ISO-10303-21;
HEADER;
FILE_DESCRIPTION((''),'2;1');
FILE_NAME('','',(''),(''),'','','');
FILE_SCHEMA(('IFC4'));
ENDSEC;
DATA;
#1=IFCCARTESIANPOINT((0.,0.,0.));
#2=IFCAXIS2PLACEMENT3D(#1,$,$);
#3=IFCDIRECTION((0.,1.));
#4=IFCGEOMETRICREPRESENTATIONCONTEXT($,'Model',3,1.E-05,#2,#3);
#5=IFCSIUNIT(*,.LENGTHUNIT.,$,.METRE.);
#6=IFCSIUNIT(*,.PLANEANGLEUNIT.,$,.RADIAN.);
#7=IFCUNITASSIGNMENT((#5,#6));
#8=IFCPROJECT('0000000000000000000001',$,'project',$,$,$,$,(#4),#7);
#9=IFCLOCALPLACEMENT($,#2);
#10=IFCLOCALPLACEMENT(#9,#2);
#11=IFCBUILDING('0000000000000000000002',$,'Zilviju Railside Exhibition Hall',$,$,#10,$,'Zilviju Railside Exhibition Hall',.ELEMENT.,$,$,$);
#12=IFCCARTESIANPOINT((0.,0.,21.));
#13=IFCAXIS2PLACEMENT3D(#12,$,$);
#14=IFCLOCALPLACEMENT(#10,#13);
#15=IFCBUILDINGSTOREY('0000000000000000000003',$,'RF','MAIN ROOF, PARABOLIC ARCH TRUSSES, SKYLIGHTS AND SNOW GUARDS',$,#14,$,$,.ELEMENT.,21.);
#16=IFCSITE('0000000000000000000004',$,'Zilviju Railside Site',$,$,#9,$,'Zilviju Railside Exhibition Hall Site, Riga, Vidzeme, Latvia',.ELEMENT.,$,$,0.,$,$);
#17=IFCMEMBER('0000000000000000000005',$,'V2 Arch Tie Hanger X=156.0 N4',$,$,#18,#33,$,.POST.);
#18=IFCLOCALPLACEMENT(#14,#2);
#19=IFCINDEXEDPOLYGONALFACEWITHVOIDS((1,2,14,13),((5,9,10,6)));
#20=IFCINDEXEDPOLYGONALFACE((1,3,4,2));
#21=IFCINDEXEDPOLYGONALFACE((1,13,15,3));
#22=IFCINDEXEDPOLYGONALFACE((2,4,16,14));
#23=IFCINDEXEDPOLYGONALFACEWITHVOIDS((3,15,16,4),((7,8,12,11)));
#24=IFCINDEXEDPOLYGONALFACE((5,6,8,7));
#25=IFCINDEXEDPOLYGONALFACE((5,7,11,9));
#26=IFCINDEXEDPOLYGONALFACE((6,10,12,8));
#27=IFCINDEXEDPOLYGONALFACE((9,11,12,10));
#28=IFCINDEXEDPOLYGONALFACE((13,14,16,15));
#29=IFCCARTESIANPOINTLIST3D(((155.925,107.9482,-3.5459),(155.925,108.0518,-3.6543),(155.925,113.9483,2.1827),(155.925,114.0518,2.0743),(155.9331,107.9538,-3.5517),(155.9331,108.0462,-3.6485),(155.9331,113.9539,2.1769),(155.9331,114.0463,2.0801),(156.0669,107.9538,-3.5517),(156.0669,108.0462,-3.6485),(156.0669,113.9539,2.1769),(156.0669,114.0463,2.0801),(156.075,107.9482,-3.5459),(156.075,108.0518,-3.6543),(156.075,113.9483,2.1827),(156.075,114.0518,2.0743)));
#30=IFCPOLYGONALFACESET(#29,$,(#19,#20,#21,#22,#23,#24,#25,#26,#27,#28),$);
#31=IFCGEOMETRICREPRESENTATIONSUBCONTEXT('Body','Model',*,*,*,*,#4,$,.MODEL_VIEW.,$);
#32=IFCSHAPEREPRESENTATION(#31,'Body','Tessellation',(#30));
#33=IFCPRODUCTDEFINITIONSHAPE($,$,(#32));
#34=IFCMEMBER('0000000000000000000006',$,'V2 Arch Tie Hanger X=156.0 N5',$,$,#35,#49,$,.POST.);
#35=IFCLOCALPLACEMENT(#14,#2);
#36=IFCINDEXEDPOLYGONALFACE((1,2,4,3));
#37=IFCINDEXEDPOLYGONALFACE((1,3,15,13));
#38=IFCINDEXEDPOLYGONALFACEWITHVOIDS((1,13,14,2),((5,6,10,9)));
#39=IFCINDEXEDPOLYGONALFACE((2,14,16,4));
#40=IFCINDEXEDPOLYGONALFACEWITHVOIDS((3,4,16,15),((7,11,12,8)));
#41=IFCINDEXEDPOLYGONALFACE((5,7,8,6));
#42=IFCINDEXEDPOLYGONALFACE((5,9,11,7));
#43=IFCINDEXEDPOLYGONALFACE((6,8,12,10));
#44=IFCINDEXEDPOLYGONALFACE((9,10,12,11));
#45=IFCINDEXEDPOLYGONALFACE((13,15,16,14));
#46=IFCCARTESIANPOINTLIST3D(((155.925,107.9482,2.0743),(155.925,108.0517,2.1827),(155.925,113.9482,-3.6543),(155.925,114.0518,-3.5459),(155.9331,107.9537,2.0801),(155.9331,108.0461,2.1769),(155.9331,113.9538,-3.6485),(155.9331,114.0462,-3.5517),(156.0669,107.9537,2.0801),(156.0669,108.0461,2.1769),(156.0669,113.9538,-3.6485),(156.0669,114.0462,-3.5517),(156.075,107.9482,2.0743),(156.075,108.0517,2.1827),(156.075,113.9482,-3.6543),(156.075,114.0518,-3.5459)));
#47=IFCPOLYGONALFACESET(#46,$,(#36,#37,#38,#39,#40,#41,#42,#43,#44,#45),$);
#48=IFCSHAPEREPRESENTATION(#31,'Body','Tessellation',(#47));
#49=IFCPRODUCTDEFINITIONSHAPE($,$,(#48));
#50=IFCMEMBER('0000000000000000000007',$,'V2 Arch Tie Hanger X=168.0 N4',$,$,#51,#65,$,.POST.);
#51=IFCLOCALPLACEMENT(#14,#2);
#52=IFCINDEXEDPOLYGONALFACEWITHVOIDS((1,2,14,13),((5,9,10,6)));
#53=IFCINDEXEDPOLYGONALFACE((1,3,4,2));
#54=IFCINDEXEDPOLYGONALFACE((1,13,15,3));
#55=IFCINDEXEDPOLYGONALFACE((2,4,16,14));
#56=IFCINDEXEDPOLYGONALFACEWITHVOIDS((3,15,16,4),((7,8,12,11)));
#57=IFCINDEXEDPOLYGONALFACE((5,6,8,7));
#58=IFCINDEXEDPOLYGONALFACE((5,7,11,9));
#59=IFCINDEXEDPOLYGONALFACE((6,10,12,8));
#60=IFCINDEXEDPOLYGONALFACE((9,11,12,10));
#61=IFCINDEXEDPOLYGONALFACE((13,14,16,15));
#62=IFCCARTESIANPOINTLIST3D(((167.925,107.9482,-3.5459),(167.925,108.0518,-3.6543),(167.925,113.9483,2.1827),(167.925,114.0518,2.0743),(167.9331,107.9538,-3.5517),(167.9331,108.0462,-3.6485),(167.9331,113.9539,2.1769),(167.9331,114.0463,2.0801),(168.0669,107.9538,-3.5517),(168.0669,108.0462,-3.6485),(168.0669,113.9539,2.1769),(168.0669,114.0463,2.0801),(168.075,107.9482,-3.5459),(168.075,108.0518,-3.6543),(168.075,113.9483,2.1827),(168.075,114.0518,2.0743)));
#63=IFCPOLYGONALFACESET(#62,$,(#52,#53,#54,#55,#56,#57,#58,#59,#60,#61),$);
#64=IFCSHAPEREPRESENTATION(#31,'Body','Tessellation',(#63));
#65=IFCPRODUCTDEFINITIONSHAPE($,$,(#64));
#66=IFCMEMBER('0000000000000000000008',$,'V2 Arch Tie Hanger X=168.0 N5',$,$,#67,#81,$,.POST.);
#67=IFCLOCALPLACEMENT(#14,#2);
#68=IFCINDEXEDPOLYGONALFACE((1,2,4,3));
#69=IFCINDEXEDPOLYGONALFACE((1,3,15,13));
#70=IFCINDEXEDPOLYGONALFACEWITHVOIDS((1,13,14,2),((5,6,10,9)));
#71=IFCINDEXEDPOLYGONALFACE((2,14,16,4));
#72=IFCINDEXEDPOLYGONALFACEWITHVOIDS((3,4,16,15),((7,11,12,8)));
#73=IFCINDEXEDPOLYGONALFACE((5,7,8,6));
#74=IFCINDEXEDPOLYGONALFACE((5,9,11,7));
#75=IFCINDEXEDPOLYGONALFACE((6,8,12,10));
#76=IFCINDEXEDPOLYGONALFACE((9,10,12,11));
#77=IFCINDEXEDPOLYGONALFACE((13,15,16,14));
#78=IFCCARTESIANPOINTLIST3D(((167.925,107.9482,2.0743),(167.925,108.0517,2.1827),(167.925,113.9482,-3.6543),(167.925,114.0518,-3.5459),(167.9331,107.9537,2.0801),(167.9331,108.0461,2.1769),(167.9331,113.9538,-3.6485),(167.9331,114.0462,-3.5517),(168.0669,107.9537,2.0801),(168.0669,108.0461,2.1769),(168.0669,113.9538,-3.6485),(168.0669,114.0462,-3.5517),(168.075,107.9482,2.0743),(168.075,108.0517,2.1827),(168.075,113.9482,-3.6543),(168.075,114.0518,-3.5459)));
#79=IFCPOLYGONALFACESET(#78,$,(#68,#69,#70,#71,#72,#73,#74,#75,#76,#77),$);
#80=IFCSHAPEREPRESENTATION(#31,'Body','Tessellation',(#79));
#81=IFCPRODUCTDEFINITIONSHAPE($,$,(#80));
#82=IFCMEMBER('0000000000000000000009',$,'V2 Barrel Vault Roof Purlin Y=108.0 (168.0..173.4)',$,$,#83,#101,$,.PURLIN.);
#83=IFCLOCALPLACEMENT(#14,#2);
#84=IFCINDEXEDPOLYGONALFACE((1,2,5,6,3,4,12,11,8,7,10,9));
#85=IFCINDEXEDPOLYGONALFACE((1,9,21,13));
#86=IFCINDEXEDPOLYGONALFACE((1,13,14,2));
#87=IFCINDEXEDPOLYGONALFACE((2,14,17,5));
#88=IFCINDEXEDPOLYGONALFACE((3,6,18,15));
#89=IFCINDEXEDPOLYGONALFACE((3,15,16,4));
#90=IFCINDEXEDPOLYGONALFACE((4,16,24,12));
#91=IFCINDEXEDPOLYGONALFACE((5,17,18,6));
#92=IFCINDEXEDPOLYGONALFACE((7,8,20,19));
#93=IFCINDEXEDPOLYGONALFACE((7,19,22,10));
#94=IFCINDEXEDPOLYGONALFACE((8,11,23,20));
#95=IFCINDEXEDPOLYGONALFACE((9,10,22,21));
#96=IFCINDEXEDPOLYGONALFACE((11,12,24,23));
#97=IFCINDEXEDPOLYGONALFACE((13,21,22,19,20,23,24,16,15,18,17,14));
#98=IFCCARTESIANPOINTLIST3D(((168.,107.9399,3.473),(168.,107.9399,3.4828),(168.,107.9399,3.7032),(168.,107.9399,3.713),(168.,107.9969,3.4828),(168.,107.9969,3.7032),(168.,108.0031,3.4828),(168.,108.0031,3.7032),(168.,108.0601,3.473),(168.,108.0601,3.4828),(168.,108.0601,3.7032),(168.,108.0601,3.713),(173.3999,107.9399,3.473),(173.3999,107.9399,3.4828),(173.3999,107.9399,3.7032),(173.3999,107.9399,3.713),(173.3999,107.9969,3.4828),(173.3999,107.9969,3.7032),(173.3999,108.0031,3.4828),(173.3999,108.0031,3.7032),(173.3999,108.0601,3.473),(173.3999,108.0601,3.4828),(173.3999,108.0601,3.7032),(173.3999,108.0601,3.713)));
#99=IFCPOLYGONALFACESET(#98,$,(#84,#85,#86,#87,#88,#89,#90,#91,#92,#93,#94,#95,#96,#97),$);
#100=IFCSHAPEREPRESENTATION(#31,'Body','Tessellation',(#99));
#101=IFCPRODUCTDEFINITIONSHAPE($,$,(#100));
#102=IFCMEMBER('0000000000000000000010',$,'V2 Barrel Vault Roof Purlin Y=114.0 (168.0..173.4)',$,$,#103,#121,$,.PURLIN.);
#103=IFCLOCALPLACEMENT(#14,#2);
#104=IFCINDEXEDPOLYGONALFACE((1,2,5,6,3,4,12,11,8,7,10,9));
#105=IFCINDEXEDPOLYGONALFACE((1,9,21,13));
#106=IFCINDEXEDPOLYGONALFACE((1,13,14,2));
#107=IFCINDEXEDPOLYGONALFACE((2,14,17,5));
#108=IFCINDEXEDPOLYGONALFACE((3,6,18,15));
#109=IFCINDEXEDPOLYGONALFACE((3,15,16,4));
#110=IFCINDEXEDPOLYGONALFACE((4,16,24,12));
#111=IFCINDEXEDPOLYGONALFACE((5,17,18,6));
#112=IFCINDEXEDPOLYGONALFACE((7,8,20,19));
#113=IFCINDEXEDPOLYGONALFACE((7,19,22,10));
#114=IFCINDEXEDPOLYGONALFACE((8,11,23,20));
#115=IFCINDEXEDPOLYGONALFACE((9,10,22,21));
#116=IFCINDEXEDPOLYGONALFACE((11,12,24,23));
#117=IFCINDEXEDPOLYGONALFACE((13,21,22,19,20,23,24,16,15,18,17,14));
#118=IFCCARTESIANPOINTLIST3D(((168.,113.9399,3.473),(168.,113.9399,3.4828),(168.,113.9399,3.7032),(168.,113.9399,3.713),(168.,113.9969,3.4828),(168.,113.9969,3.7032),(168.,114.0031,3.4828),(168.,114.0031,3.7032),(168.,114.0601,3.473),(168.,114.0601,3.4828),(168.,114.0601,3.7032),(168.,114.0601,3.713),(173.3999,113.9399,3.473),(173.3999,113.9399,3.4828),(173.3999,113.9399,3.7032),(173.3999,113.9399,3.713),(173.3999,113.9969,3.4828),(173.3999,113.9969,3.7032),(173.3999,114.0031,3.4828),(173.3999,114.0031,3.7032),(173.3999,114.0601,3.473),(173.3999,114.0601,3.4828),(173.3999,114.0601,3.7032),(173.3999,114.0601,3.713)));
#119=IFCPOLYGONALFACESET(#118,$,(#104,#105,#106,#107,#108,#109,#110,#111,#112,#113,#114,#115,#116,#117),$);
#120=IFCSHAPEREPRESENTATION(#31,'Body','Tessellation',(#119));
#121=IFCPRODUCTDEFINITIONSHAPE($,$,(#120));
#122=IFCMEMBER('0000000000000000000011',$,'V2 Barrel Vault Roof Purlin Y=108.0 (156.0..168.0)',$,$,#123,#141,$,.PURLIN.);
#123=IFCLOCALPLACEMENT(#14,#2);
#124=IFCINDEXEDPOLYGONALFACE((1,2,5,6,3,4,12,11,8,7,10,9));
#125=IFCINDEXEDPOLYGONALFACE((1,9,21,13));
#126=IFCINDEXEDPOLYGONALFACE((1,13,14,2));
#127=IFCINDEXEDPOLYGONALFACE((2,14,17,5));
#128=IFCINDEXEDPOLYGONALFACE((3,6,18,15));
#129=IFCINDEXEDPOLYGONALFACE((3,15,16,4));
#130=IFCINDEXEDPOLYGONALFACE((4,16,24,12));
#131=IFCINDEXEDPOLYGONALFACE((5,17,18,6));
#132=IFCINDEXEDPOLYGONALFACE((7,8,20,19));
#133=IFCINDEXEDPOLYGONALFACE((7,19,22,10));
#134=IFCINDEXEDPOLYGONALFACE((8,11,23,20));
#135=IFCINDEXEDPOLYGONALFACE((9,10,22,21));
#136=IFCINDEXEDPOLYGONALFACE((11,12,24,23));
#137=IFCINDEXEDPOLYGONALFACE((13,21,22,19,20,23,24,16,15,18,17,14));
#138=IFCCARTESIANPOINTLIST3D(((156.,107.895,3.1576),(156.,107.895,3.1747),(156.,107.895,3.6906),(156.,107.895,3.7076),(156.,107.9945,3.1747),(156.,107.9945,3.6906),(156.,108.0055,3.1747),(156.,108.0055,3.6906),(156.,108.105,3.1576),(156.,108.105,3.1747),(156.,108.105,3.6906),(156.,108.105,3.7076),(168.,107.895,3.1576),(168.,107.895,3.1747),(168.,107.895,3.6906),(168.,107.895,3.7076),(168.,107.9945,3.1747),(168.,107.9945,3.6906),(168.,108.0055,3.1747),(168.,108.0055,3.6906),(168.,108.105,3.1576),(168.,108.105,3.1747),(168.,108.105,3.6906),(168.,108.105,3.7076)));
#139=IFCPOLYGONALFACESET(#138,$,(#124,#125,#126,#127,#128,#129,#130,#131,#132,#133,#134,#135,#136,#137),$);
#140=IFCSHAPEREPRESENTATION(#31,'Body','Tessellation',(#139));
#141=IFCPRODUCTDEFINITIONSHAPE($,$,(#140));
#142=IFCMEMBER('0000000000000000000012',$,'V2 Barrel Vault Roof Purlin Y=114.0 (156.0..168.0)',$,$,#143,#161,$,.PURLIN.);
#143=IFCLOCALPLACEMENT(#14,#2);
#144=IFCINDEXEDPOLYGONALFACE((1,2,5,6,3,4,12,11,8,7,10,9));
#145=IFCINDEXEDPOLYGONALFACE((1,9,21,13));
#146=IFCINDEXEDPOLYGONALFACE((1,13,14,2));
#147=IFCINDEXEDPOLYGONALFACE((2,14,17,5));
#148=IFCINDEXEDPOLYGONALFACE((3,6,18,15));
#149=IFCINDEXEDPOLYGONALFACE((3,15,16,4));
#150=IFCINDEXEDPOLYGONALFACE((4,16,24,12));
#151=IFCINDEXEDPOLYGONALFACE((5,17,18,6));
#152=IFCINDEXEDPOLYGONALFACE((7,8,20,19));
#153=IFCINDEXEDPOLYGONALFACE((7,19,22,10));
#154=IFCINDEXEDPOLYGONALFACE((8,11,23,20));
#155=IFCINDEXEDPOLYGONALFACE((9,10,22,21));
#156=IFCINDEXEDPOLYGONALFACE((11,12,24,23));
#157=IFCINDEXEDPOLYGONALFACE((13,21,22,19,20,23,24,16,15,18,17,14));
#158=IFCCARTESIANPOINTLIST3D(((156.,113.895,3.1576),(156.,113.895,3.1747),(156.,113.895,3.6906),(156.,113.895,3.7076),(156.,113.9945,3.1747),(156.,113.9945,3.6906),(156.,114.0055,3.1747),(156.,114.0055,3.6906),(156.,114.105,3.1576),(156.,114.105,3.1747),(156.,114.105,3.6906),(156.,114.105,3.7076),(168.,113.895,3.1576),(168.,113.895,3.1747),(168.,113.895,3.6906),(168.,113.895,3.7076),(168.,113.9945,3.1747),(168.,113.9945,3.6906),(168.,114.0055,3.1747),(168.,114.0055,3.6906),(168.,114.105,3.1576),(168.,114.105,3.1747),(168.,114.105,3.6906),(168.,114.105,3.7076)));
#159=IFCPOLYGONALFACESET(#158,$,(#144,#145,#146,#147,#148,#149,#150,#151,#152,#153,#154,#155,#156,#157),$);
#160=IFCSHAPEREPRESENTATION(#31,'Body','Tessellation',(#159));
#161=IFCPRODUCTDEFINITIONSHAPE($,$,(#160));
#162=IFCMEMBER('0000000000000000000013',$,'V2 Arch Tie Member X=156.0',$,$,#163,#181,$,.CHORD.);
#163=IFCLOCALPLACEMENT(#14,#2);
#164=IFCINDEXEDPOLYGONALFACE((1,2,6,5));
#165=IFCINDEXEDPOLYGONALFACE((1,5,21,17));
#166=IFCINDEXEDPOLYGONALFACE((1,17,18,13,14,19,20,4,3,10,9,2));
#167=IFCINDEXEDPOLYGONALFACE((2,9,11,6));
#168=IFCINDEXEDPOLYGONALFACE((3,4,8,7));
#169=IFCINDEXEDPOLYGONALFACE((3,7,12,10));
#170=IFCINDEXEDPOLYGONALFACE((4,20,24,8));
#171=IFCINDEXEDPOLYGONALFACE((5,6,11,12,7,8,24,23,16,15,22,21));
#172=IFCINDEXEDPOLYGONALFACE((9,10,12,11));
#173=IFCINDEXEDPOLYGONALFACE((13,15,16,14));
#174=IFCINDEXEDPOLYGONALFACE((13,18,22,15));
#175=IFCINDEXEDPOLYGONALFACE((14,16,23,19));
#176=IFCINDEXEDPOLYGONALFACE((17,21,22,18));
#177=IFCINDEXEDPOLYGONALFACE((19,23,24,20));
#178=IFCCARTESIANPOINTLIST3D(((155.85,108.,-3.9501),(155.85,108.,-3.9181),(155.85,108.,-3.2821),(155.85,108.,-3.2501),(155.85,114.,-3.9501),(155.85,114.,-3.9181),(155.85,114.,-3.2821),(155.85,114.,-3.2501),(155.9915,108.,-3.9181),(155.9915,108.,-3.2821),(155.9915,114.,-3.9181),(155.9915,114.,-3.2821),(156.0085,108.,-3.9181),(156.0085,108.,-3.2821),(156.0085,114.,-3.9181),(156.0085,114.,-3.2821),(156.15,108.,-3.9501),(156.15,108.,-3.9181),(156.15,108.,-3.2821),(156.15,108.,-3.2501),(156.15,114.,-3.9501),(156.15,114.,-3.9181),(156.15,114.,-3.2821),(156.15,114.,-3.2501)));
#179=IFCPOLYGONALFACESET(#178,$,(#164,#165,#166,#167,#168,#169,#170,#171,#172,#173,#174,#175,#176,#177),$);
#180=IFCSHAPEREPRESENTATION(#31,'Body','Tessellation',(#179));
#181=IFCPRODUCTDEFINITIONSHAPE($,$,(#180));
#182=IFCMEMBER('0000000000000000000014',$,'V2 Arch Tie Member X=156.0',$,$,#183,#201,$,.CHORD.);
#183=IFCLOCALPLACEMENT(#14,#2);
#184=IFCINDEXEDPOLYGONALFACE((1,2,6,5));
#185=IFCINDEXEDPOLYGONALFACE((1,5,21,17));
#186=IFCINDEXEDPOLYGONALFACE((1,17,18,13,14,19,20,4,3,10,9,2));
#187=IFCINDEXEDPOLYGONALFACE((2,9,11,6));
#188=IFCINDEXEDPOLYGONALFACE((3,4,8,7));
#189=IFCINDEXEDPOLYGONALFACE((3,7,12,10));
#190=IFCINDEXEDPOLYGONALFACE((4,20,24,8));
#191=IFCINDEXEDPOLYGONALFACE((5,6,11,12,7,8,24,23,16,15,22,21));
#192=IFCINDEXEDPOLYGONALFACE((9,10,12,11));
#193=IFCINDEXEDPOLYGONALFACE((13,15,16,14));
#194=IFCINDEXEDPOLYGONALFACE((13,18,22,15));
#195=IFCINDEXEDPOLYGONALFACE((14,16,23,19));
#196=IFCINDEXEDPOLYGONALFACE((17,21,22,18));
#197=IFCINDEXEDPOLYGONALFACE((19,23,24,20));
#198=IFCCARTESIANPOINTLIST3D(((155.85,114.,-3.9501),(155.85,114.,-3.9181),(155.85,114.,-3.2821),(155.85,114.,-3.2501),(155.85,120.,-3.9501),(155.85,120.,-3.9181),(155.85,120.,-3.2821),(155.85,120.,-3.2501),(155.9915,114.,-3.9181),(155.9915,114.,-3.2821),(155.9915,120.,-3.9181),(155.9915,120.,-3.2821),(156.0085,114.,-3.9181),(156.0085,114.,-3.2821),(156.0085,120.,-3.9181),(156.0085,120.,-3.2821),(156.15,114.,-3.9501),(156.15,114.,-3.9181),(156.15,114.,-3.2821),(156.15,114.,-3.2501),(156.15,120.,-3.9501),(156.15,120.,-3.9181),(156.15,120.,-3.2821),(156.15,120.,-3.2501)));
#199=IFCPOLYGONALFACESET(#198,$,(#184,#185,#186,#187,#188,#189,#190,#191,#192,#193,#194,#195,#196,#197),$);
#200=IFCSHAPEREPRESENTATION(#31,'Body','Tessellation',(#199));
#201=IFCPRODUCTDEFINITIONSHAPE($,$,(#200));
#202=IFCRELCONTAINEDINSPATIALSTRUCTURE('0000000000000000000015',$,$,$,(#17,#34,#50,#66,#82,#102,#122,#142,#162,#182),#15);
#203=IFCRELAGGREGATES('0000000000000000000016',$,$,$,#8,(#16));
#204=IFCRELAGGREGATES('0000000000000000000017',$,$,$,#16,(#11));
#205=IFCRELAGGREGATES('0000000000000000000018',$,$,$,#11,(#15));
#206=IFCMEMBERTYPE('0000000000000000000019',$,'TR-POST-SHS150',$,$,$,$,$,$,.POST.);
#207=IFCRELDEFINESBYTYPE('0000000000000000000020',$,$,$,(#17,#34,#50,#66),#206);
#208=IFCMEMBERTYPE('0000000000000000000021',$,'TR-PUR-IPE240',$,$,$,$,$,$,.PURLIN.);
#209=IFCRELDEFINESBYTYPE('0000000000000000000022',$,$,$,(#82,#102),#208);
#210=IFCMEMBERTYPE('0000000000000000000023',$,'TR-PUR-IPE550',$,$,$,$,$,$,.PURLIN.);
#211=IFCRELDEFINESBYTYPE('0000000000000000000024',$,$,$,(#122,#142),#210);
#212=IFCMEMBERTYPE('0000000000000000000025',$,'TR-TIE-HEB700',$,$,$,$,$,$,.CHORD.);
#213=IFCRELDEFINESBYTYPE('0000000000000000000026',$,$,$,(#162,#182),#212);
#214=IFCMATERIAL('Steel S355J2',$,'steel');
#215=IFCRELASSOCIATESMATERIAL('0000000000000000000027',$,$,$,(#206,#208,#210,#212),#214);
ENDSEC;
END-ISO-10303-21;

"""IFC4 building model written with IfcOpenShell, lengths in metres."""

from ifc_helpers import new_model, si_unit, direction, frame, origin, origin_2d, place, context, subcontext, project, spatial, hollow_rectangle, i_section, extrude, material, material_profile, profile_set, type_object, element, save


model = new_model("IFC4")

# Units and contexts
model_context = context("Model", 3, precision=1e-05, world=origin(), true_north=direction((0.0, 1.0)))
body_context = subcontext(model_context, "Body", "Model", "MODEL_VIEW")
ifc_project = project(units=[si_unit("LENGTHUNIT", "METRE"), si_unit("PLANEANGLEUNIT", "RADIAN")], contexts=[model_context])

# Site, building, storey
site_placement = place(None, origin())
site = spatial("IfcSite", under=ifc_project, at=site_placement, Name="Zilviju Railside Site", LongName="Zilviju Railside Exhibition Hall Site, Riga, Vidzeme, Latvia", CompositionType="ELEMENT", RefElevation=0.0)
building_placement = place(site_placement, origin())
building = spatial("IfcBuilding", under=site, at=building_placement, Name="Zilviju Railside Exhibition Hall", LongName="Zilviju Railside Exhibition Hall", CompositionType="ELEMENT")
storey_placement = place(building_placement, frame((0.0, 0.0, 21.0)))
storey = spatial("IfcBuildingStorey", under=building, at=storey_placement, Name="RF", Description="MAIN ROOF, PARABOLIC ARCH TRUSSES, SKYLIGHTS AND SNOW GUARDS", CompositionType="ELEMENT", Elevation=21.0)

# Members
ifc_material_1 = material(Name="Steel S355J2", Category="steel")
ifc_material_profile_1 = material_profile(ifc_material_1, hollow_rectangle(XDim=0.1499, YDim=0.1499, WallThickness=0.0081, at=origin_2d()), Name="SHS 150x150x8.0")
ifc_profile_set_1 = profile_set([ifc_material_profile_1], Name="Steel S355J2")
member_type_1 = type_object("IfcMemberType", Name="TR-POST-SHS150", PredefinedType="POST", material=ifc_profile_set_1)
for number, where, z_axis, x_axis, name in (
    (1, (156.0, 108.0, -3.6001), (0.0, 0.723281, 0.690554), (-1.0, 0.0, 0.0), "V2 Arch Tie Hanger X=156.0 N4"),
    (2, (156.0, 114.0, -3.6001), (0.0, -0.723281, 0.690554), (1.0, 0.0, 0.0), "V2 Arch Tie Hanger X=156.0 N5"),
    (3, (168.0, 108.0, -3.6001), (0.0, 0.723281, 0.690554), (-1.0, 0.0, 0.0), "V2 Arch Tie Hanger X=168.0 N4"),
    (4, (168.0, 114.0, -3.6001), (0.0, -0.723281, 0.690554), (1.0, 0.0, 0.0), "V2 Arch Tie Hanger X=168.0 N5"),
):
    element("IfcMember", number, at=place(storey_placement, frame(where, z_axis=z_axis, x_axis=x_axis)), inside=storey, type_object=member_type_1, Name=name, PredefinedType="POST", context=body_context, shape_type="SweptSolid", body=[
        extrude(hollow_rectangle(XDim=0.1499, YDim=0.1499, WallThickness=0.0081, at=origin_2d()), origin(), (0.0, 0.0, 1.0), 8.2957),
    ])
ifc_material_profile_2 = material_profile(ifc_material_1, i_section(OverallWidth=0.1201, OverallDepth=0.24, WebThickness=0.0061, FlangeThickness=0.0098, at=origin_2d()), Name="IPE 240")
ifc_profile_set_2 = profile_set([ifc_material_profile_2], Name="Steel S355J2")
member_type_2 = type_object("IfcMemberType", Name="TR-PUR-IPE240", PredefinedType="PURLIN", material=ifc_profile_set_2)
for number, where, z_axis, x_axis, name in (
    (5, (168.0, 108.0, 3.593), (1.0, 0.0, 0.0), (0.0, 1.0, 0.0), "V2 Barrel Vault Roof Purlin Y=108.0 (168.0..173.4)"),
    (6, (168.0, 114.0, 3.593), (1.0, 0.0, 0.0), (0.0, 1.0, 0.0), "V2 Barrel Vault Roof Purlin Y=114.0 (168.0..173.4)"),
):
    element("IfcMember", number, at=place(storey_placement, frame(where, z_axis=z_axis, x_axis=x_axis)), inside=storey, type_object=member_type_2, Name=name, PredefinedType="PURLIN", context=body_context, shape_type="SweptSolid", body=[
        extrude(i_section(OverallWidth=0.1201, OverallDepth=0.24, WebThickness=0.0061, FlangeThickness=0.0098, at=origin_2d()), origin(), (0.0, 0.0, 1.0), 5.3999),
    ])
ifc_material_profile_3 = material_profile(ifc_material_1, i_section(OverallWidth=0.21, OverallDepth=0.55, WebThickness=0.011, FlangeThickness=0.0171, at=origin_2d()), Name="IPE 550")
ifc_profile_set_3 = profile_set([ifc_material_profile_3], Name="Steel S355J2")
member_type_3 = type_object("IfcMemberType", Name="TR-PUR-IPE550", PredefinedType="PURLIN", material=ifc_profile_set_3)
for number, where, z_axis, x_axis, name in (
    (7, (156.0, 108.0, 3.4326), (1.0, 0.0, 0.0), (0.0, 1.0, 0.0), "V2 Barrel Vault Roof Purlin Y=108.0 (156.0..168.0)"),
    (8, (156.0, 114.0, 3.4326), (1.0, 0.0, 0.0), (0.0, 1.0, 0.0), "V2 Barrel Vault Roof Purlin Y=114.0 (156.0..168.0)"),
):
    element("IfcMember", number, at=place(storey_placement, frame(where, z_axis=z_axis, x_axis=x_axis)), inside=storey, type_object=member_type_3, Name=name, PredefinedType="PURLIN", context=body_context, shape_type="SweptSolid", body=[
        extrude(i_section(OverallWidth=0.21, OverallDepth=0.55, WebThickness=0.011, FlangeThickness=0.0171, at=origin_2d()), origin(), (0.0, 0.0, 1.0), 12.0),
    ])
ifc_material_profile_4 = material_profile(ifc_material_1, i_section(OverallWidth=0.3, OverallDepth=0.7, WebThickness=0.0171, FlangeThickness=0.032, at=origin_2d()), Name="HEB 700")
ifc_profile_set_4 = profile_set([ifc_material_profile_4], Name="Steel S355J2")
member_type_4 = type_object("IfcMemberType", Name="TR-TIE-HEB700", PredefinedType="CHORD", material=ifc_profile_set_4)
for number, where, z_axis, x_axis, name in (
    (9, (156.0, 108.0, -3.6001), (0.0, 1.0, 0.0), (-1.0, 0.0, 0.0), "V2 Arch Tie Member X=156.0"),
    (10, (156.0, 114.0, -3.6001), (0.0, 1.0, 0.0), (-1.0, 0.0, 0.0), "V2 Arch Tie Member X=156.0"),
):
    element("IfcMember", number, at=place(storey_placement, frame(where, z_axis=z_axis, x_axis=x_axis)), inside=storey, type_object=member_type_4, Name=name, PredefinedType="CHORD", context=body_context, shape_type="SweptSolid", body=[
        extrude(i_section(OverallWidth=0.3, OverallDepth=0.7, WebThickness=0.0171, FlangeThickness=0.032, at=origin_2d()), origin(), (0.0, 0.0, 1.0), 6.0),
    ])

save(model, "model.ifc")
